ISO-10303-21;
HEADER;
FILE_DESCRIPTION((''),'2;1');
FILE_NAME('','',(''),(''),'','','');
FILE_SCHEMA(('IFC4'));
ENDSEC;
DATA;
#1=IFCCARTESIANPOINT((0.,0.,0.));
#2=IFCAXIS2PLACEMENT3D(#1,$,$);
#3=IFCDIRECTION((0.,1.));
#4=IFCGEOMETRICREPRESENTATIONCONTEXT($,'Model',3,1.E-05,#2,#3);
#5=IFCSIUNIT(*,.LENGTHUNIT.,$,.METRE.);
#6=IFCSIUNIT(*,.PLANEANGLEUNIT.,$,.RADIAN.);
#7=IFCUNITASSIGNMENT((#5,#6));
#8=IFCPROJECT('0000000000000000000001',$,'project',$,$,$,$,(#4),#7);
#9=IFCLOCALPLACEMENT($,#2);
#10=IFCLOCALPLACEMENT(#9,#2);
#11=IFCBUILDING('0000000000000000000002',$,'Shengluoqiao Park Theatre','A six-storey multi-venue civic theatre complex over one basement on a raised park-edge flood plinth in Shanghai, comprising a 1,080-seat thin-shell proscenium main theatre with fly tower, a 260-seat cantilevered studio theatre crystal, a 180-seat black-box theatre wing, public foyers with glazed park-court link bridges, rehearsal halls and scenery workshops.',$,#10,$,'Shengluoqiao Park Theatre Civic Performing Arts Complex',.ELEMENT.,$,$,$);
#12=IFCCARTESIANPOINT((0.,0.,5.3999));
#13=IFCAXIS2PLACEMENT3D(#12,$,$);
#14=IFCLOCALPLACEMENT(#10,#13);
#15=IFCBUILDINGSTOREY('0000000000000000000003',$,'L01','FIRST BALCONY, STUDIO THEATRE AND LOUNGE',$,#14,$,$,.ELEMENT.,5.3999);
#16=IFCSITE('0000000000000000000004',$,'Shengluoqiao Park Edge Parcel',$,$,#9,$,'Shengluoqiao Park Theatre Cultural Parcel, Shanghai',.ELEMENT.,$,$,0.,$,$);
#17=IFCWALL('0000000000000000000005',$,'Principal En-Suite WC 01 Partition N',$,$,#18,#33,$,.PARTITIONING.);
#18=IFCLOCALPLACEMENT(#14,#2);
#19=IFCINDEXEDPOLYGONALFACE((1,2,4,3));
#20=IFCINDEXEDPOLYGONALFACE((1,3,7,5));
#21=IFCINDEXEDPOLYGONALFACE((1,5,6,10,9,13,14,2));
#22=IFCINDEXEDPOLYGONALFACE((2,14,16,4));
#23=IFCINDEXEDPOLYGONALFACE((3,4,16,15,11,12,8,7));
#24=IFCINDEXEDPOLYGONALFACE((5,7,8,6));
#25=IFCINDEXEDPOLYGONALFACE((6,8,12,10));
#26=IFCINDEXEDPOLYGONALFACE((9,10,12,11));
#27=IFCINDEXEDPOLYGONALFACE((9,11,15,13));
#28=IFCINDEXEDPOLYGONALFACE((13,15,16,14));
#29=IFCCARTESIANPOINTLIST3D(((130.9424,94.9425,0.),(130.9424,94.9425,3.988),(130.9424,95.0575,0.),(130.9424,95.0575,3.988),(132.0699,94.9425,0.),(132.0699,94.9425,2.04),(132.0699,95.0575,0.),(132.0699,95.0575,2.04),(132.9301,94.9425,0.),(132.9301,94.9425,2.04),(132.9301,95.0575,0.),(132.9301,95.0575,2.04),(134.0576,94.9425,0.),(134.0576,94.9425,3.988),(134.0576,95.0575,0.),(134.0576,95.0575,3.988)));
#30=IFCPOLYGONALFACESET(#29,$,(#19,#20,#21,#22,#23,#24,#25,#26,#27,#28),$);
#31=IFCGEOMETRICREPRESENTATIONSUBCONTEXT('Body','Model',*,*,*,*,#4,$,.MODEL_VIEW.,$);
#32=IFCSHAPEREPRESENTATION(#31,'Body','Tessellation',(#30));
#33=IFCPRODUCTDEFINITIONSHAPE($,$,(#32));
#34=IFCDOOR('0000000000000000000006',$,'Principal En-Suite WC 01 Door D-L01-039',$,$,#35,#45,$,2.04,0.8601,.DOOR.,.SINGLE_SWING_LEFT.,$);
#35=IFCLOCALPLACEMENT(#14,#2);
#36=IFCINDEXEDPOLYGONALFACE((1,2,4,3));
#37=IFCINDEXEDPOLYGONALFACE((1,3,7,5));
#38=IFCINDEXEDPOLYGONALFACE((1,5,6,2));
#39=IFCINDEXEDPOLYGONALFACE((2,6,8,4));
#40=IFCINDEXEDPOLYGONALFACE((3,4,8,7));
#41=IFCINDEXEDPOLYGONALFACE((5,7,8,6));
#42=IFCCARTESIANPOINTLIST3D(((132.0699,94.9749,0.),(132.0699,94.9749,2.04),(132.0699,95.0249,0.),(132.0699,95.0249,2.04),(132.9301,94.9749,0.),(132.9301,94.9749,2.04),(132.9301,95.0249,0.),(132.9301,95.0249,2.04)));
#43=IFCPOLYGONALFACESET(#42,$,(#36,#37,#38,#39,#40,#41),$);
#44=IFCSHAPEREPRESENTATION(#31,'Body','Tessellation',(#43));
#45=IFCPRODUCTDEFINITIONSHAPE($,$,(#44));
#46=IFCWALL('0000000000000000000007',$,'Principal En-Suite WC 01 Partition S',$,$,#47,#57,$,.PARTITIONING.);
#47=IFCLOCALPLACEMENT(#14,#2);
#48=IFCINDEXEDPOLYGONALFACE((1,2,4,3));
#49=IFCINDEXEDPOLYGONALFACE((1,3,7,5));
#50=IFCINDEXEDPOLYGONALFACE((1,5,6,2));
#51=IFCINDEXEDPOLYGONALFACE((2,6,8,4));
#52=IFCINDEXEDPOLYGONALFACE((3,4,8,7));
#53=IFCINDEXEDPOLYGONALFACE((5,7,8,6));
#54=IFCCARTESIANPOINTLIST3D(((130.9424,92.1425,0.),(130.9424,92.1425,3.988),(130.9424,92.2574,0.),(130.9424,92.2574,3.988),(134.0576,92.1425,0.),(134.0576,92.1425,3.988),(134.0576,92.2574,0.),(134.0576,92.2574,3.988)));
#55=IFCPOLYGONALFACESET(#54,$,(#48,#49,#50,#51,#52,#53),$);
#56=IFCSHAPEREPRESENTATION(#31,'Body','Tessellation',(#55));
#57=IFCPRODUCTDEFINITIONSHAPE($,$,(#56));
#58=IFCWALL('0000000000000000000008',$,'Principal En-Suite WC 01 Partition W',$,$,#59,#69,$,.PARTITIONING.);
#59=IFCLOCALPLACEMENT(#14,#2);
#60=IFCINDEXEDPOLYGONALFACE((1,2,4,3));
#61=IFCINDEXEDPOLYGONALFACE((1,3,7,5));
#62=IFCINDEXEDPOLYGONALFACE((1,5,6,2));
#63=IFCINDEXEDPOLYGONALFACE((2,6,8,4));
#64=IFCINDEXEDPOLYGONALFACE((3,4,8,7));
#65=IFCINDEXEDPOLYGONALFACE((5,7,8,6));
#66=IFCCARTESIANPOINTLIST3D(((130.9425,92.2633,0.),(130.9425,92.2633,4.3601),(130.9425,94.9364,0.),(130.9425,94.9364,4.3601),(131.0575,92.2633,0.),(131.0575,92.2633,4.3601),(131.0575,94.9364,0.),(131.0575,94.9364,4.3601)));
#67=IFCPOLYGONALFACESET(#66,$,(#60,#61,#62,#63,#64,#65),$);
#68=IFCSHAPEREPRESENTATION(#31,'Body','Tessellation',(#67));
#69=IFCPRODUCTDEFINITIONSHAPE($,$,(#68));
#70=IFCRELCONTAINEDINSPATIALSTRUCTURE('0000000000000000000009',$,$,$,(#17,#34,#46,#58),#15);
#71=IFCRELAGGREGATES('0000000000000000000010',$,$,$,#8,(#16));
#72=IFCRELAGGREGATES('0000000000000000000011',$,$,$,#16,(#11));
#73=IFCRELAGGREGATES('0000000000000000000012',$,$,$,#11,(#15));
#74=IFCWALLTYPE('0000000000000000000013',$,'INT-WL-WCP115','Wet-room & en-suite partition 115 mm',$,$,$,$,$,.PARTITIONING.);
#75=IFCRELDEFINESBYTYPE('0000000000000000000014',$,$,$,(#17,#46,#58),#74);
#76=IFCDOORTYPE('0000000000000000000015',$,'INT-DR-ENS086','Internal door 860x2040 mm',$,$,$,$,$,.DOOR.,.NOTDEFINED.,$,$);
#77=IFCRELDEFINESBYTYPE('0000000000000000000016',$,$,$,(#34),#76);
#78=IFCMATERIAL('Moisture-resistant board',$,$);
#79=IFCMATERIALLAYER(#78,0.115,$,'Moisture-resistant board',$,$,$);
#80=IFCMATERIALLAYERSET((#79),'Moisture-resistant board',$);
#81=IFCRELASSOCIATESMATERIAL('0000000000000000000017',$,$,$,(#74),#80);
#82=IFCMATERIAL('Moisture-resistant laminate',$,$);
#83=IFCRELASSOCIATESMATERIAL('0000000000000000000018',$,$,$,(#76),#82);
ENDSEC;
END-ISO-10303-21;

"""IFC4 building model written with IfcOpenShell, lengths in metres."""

from ifc_helpers import new_model, si_unit, direction, frame, frame_2d, origin, place, context, subcontext, project, spatial, rectangle, extrude, material, layer, layer_set, type_object, element, fill, save


model = new_model("IFC4")

# Units and contexts
model_context = context("Model", 3, precision=1e-05, world=origin(), true_north=direction((0.0, 1.0)))
body_context = subcontext(model_context, "Body", "Model", "MODEL_VIEW")
ifc_project = project(units=[si_unit("LENGTHUNIT", "METRE"), si_unit("PLANEANGLEUNIT", "RADIAN")], contexts=[model_context])

# Site, building, storey
site_placement = place(None, origin())
site = spatial("IfcSite", under=ifc_project, at=site_placement, Name="Shengluoqiao Park Edge Parcel", LongName="Shengluoqiao Park Theatre Cultural Parcel, Shanghai", CompositionType="ELEMENT", RefElevation=0.0)
building_placement = place(site_placement, origin())
building = spatial("IfcBuilding", under=site, at=building_placement, Name="Shengluoqiao Park Theatre", Description="A six-storey multi-venue civic theatre complex over one basement on a raised park-edge flood plinth in Shanghai, comprising a 1,080-seat thin-shell proscenium main theatre with fly tower, a 260-seat cantilevered studio theatre crystal, a 180-seat black-box theatre wing, public foyers with glazed park-court link bridges, rehearsal halls and scenery workshops.", LongName="Shengluoqiao Park Theatre Civic Performing Arts Complex", CompositionType="ELEMENT")
storey_placement = place(building_placement, frame((0.0, 0.0, 5.3999)))
storey = spatial("IfcBuildingStorey", under=building, at=storey_placement, Name="L01", Description="FIRST BALCONY, STUDIO THEATRE AND LOUNGE", CompositionType="ELEMENT", Elevation=5.3999)

# Wall, opening, door
ifc_material_1 = material(Name="Moisture-resistant board")
ifc_layer_1 = layer(ifc_material_1, 0.115, Name="Moisture-resistant board")
ifc_layer_set_1 = layer_set([ifc_layer_1], Name="Moisture-resistant board")
wall_type_1 = type_object("IfcWallType", Name="INT-WL-WCP115", Description="Wet-room & en-suite partition 115 mm", PredefinedType="PARTITIONING", material=ifc_layer_set_1)
wall_1_placement = place(storey_placement, frame((130.9424, 95.0, 0.0), z_axis=(0.0, 0.0, 1.0), x_axis=(1.0, 0.0, 0.0)))
wall_1 = element("IfcWall", 1, at=wall_1_placement, inside=storey, type_object=wall_type_1, Name="Principal En-Suite WC 01 Partition N", PredefinedType="PARTITIONING", context=body_context, shape_type="SweptSolid", body=[
    extrude(rectangle(XDim=3.1152, YDim=0.115, at=frame_2d((1.5576, 0.0))), origin(), (0.0, 0.0, 1.0), 3.988),
])
opening_1_placement = place(wall_1_placement, frame((1.1274, 0.0, 0.0)))
opening_1 = element("IfcOpeningElement", 2, at=opening_1_placement, cuts=wall_1, PredefinedType="OPENING", context=body_context, shape_type="SweptSolid", body=[
    extrude(rectangle(XDim=0.8601, YDim=2.04, at=frame_2d((0.4302, 1.02))), frame((0.0, 0.0674, 0.0), z_axis=(0.0, -1.0, 0.0), x_axis=(1.0, 0.0, 0.0)), (0.0, 0.0, 1.0), 0.135),
])
ifc_material_2 = material(Name="Moisture-resistant laminate")
door_type_1 = type_object("IfcDoorType", Name="INT-DR-ENS086", Description="Internal door 860x2040 mm", OperationType="NOTDEFINED", PredefinedType="DOOR", material=ifc_material_2)
door_1_placement = place(opening_1_placement, origin())
door_1 = element("IfcDoor", 3, at=door_1_placement, inside=storey, type_object=door_type_1, Name="Principal En-Suite WC 01 Door D-L01-039", OperationType="SINGLE_SWING_LEFT", OverallHeight=2.04, OverallWidth=0.8601, PredefinedType="DOOR", context=body_context, shape_type="SweptSolid", body=[
    extrude(rectangle(XDim=0.8601, YDim=2.04, at=frame_2d((0.4302, 1.02))), frame((0.0, 0.0249, 0.0), z_axis=(0.0, -1.0, 0.0), x_axis=(1.0, 0.0, 0.0)), (0.0, 0.0, 1.0), 0.05),
])
fill(opening_1, door_1)

# Walls
wall_2_placement = place(storey_placement, frame((130.9424, 92.2, 0.0), z_axis=(0.0, 0.0, 1.0), x_axis=(1.0, 0.0, 0.0)))
element("IfcWall", 4, at=wall_2_placement, inside=storey, type_object=wall_type_1, Name="Principal En-Suite WC 01 Partition S", PredefinedType="PARTITIONING", context=body_context, shape_type="SweptSolid", body=[
    extrude(rectangle(XDim=3.1152, YDim=0.115, at=frame_2d((1.5576, 0.0))), origin(), (0.0, 0.0, 1.0), 3.988),
])
wall_3_placement = place(storey_placement, frame((131.0, 92.2634, 0.0), z_axis=(0.0, 0.0, 1.0), x_axis=(0.0, 1.0, 0.0)))
element("IfcWall", 5, at=wall_3_placement, inside=storey, type_object=wall_type_1, Name="Principal En-Suite WC 01 Partition W", PredefinedType="PARTITIONING", context=body_context, shape_type="SweptSolid", body=[
    extrude(rectangle(XDim=2.6731, YDim=0.115, at=frame_2d((1.3364, 0.0))), origin(), (0.0, 0.0, 1.0), 4.3601),
])

save(model, "model.ifc")
